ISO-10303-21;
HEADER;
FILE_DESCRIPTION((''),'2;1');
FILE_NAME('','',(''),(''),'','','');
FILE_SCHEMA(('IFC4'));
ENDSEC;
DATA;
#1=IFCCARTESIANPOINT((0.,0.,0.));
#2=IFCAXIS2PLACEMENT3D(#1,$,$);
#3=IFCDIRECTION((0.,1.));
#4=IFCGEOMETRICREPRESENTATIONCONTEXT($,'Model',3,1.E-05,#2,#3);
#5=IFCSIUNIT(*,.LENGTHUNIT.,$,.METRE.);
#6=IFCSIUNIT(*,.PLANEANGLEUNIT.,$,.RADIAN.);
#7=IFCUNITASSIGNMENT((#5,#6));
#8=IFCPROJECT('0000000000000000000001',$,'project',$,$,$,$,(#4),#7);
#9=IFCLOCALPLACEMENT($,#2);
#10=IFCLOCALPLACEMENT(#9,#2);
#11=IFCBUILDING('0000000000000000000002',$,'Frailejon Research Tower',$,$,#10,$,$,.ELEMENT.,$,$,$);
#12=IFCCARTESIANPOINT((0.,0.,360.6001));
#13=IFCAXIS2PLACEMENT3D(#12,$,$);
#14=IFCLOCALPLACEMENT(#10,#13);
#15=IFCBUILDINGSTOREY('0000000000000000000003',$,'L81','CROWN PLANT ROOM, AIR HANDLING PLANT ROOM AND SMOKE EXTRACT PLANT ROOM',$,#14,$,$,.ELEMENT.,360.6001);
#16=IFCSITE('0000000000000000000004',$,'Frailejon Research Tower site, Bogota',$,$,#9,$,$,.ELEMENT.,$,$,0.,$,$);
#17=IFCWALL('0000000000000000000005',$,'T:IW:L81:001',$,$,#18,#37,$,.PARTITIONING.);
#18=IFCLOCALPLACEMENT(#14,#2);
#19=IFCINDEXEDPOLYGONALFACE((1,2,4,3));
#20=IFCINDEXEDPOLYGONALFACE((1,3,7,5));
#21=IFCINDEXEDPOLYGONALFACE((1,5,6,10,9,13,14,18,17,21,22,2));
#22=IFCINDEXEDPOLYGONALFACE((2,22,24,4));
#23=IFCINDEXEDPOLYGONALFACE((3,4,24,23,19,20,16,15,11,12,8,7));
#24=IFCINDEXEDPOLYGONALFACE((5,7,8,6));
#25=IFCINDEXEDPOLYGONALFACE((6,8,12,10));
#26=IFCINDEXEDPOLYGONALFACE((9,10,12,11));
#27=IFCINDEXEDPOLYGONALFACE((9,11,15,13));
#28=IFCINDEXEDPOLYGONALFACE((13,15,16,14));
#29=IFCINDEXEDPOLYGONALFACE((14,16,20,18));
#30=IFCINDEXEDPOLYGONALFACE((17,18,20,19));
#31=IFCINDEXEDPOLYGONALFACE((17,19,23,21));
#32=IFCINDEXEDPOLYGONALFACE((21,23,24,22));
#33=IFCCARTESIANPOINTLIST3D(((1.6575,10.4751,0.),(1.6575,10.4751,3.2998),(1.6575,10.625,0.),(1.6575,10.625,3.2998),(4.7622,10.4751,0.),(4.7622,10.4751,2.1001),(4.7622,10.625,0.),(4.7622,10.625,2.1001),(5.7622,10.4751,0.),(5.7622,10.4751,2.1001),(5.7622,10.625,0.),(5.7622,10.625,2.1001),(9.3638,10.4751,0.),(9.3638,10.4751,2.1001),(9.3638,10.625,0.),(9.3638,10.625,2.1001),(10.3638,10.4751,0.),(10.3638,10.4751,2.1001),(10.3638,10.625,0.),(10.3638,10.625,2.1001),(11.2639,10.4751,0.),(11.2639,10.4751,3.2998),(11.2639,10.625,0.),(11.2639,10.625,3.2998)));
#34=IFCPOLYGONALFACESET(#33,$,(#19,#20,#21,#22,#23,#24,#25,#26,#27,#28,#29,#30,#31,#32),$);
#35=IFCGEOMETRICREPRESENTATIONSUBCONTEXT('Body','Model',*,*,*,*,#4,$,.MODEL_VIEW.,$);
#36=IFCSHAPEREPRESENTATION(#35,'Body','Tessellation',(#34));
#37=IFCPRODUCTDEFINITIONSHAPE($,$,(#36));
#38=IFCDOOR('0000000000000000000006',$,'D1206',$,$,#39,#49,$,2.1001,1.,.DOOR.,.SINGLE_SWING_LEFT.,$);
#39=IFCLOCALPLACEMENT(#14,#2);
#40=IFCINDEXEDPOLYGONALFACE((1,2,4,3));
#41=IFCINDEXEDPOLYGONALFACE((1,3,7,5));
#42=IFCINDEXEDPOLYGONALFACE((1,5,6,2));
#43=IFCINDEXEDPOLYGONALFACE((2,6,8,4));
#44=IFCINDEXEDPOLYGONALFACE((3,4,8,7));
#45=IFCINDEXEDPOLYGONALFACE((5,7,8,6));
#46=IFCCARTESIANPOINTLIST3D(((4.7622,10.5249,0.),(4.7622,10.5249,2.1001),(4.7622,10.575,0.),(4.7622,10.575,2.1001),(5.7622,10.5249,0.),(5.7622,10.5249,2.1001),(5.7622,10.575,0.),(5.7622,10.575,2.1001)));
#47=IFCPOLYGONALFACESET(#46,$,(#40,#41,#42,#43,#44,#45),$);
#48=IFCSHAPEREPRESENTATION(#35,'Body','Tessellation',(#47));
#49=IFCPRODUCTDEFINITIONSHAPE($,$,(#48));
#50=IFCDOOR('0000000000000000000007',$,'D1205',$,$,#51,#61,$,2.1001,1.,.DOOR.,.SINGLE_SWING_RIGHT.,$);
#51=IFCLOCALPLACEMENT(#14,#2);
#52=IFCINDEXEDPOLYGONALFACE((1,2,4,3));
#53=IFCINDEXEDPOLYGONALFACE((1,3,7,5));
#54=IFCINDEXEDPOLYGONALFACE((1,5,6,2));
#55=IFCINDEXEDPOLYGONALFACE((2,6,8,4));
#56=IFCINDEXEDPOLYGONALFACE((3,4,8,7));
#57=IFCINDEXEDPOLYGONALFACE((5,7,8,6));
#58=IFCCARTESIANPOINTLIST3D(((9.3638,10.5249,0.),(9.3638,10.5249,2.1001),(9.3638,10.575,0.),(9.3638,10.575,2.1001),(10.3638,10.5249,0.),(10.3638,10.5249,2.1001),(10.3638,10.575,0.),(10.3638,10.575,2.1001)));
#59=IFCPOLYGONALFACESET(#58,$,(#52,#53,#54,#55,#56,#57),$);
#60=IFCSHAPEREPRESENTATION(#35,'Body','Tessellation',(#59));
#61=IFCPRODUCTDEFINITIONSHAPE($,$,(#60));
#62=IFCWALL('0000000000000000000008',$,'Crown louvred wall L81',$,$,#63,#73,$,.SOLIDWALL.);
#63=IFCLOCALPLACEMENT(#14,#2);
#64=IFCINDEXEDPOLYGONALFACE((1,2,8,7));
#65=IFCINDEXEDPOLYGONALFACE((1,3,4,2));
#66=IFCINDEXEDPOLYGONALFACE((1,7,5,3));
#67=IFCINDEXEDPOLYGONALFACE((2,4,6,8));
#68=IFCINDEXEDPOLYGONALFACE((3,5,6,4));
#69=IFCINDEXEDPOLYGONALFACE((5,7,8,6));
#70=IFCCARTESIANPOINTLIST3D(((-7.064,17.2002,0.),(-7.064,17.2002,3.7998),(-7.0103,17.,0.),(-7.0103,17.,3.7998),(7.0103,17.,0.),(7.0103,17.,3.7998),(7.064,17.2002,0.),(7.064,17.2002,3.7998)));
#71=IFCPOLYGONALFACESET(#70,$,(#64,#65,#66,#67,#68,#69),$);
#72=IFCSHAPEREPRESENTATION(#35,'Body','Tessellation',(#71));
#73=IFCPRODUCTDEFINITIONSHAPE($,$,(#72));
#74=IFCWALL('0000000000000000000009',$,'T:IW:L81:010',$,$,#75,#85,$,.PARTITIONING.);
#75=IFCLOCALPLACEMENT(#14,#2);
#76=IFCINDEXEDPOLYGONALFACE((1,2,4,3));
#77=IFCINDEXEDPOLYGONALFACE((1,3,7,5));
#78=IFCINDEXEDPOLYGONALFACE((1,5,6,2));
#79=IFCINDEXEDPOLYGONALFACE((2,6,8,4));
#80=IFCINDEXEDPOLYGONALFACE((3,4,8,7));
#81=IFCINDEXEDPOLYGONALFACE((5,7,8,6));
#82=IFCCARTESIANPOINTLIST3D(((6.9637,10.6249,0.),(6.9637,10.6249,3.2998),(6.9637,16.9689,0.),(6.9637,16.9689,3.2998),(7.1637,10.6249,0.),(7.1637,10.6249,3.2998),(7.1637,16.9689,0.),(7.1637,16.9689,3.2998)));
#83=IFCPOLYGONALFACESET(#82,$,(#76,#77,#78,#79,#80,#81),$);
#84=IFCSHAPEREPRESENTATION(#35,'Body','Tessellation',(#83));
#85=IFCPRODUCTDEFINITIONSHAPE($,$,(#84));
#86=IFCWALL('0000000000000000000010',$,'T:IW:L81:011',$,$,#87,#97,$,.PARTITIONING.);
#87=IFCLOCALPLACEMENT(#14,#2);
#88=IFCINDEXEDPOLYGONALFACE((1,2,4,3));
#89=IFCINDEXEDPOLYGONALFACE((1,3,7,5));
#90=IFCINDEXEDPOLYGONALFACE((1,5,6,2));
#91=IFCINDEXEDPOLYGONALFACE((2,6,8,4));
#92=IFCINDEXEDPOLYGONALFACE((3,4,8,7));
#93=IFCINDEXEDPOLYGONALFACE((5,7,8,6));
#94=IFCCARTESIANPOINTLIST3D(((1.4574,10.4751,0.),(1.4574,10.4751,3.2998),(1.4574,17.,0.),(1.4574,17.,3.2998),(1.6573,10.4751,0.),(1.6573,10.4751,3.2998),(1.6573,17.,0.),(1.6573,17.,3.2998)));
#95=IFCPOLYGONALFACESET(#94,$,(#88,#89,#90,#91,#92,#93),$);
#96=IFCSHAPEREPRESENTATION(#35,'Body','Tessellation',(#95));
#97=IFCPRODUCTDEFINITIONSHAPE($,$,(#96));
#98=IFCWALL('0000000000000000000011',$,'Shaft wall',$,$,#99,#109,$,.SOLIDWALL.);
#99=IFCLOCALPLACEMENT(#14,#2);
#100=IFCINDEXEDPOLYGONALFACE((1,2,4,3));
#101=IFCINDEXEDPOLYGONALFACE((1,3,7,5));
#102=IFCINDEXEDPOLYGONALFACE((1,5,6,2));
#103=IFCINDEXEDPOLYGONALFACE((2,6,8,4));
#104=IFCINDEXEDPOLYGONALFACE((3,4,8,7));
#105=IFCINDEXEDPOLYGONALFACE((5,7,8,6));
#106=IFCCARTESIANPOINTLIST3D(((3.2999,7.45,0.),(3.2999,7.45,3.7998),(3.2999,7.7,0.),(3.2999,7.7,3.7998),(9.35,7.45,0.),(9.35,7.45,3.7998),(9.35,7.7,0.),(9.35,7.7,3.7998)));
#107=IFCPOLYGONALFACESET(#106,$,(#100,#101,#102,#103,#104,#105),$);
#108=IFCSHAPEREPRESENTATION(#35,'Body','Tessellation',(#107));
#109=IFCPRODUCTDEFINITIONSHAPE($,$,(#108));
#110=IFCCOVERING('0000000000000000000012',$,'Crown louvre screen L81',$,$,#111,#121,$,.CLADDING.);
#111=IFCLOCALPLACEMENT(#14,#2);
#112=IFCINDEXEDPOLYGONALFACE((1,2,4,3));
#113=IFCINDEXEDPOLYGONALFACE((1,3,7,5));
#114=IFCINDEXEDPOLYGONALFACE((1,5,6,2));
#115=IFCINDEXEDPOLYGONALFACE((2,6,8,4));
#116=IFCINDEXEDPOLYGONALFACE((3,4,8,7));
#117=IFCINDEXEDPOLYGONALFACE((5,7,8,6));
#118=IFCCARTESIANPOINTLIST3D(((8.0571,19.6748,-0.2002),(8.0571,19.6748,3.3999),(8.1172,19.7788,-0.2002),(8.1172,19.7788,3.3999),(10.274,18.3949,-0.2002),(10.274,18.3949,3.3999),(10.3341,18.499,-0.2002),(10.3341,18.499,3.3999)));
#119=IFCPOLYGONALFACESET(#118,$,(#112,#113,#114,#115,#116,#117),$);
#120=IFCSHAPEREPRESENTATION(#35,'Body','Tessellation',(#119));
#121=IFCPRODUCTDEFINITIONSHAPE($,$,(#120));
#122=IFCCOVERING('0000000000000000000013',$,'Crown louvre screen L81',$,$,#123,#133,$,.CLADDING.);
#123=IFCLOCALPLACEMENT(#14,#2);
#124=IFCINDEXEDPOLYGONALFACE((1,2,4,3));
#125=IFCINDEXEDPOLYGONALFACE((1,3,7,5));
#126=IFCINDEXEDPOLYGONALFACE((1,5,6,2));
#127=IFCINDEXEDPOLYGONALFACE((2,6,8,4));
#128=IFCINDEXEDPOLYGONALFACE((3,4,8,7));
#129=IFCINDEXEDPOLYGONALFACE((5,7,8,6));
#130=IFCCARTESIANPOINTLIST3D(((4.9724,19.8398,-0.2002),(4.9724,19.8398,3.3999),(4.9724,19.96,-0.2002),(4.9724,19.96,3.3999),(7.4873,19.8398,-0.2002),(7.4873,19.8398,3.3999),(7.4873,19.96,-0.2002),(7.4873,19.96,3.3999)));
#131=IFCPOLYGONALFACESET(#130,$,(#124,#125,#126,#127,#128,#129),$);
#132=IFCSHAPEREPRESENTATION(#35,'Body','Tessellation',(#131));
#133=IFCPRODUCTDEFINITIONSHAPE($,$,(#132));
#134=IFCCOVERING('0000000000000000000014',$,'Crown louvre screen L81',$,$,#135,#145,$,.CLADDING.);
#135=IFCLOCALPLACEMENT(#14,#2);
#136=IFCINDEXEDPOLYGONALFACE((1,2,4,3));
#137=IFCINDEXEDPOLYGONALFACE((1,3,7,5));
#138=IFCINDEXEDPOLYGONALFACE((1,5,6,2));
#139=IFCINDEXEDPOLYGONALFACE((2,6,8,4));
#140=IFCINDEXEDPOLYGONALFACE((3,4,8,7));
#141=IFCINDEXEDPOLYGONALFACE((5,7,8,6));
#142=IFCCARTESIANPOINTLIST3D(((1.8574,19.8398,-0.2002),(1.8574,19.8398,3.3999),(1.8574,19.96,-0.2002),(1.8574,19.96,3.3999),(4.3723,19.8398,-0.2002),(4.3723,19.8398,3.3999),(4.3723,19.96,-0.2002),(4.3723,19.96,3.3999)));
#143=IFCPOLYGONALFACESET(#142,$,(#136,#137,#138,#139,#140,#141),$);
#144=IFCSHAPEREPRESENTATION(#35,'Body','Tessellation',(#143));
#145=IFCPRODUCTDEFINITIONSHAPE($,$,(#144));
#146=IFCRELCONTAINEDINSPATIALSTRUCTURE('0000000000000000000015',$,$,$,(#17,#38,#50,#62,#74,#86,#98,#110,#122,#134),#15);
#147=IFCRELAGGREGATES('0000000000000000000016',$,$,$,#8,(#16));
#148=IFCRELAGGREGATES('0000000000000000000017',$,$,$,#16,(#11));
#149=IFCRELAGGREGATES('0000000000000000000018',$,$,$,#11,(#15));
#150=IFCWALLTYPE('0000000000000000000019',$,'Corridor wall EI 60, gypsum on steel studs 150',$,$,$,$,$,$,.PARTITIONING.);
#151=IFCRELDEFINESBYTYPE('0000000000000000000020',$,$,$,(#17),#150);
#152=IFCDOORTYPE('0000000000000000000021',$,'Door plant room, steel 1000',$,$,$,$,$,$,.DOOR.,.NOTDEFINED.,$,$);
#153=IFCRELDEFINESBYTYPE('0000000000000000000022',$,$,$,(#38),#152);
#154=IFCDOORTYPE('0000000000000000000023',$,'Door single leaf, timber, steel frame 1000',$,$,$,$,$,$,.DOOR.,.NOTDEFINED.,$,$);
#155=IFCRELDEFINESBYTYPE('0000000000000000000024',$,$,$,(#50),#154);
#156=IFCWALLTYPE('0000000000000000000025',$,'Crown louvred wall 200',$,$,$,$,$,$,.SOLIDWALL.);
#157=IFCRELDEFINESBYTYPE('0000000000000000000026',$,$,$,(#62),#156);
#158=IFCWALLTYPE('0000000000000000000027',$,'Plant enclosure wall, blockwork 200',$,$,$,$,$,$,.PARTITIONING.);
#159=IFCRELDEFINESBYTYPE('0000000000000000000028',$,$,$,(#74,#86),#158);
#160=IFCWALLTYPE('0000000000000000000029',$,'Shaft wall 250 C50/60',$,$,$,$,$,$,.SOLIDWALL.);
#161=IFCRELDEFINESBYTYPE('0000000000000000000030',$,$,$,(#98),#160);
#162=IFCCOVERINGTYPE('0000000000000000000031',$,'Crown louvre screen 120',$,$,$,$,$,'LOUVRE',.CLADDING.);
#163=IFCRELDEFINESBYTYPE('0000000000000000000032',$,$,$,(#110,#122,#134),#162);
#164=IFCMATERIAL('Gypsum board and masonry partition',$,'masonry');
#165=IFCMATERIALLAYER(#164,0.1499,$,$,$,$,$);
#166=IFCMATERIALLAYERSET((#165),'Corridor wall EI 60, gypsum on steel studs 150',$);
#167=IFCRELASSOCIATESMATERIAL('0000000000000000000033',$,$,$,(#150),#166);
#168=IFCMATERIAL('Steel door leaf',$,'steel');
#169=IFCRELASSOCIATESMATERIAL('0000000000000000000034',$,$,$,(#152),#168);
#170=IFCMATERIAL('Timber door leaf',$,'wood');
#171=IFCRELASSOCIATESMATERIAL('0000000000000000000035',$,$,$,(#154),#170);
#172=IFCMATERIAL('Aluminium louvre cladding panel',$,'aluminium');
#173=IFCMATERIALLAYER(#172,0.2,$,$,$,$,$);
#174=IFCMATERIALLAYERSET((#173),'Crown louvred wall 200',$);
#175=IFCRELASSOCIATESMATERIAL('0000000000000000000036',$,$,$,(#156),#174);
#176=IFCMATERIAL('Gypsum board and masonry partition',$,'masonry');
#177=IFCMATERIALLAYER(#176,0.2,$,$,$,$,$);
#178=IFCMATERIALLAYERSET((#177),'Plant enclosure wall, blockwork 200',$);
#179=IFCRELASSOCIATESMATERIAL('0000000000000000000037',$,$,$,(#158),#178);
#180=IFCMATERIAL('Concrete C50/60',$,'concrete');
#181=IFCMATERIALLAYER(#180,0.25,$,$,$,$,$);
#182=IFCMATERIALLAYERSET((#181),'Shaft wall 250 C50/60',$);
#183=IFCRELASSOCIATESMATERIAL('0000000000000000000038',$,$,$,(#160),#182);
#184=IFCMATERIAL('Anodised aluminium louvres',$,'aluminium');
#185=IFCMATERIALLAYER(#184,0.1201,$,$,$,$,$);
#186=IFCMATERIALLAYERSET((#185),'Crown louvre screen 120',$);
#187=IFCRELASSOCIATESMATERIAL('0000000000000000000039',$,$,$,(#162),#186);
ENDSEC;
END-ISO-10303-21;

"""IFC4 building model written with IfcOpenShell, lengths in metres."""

from ifc_helpers import new_model, si_unit, direction, frame, frame_2d, origin, place, context, subcontext, project, spatial, polyline, rectangle, outline, extrude, material, layer, layer_set, type_object, element, fill, save


model = new_model("IFC4")

# Units and contexts
model_context = context("Model", 3, precision=1e-05, world=origin(), true_north=direction((0.0, 1.0)))
body_context = subcontext(model_context, "Body", "Model", "MODEL_VIEW")
ifc_project = project(units=[si_unit("LENGTHUNIT", "METRE"), si_unit("PLANEANGLEUNIT", "RADIAN")], contexts=[model_context])

# Site, building, storey
site_placement = place(None, origin())
site = spatial("IfcSite", under=ifc_project, at=site_placement, Name="Frailejon Research Tower site, Bogota", CompositionType="ELEMENT", RefElevation=0.0)
building_placement = place(site_placement, origin())
building = spatial("IfcBuilding", under=site, at=building_placement, Name="Frailejon Research Tower", CompositionType="ELEMENT")
storey_placement = place(building_placement, frame((0.0, 0.0, 360.6001)))
storey = spatial("IfcBuildingStorey", under=building, at=storey_placement, Name="L81", Description="CROWN PLANT ROOM, AIR HANDLING PLANT ROOM AND SMOKE EXTRACT PLANT ROOM", CompositionType="ELEMENT", Elevation=360.6001)

# Wall, openings, doors
ifc_material_1 = material(Name="Gypsum board and masonry partition", Category="masonry")
ifc_layer_1 = layer(ifc_material_1, 0.1499)
ifc_layer_set_1 = layer_set([ifc_layer_1], Name="Corridor wall EI 60, gypsum on steel studs 150")
wall_type_1 = type_object("IfcWallType", Name="Corridor wall EI 60, gypsum on steel studs 150", PredefinedType="PARTITIONING", material=ifc_layer_set_1)
wall_1_placement = place(storey_placement, frame((1.6575, 10.55, 0.0), z_axis=(0.0, 0.0, 1.0), x_axis=(1.0, 0.0, 0.0)))
wall_1 = element("IfcWall", 1, at=wall_1_placement, inside=storey, type_object=wall_type_1, Name="T:IW:L81:001", PredefinedType="PARTITIONING", context=body_context, shape_type="SweptSolid", body=[
    extrude(rectangle(XDim=9.6064, YDim=0.1499, at=frame_2d((4.8032, 0.0))), origin(), (0.0, 0.0, 1.0), 3.2998),
])
opening_1_placement = place(wall_1_placement, frame((7.7063, 0.0, 0.0)))
opening_1 = element("IfcOpeningElement", 2, at=opening_1_placement, cuts=wall_1, PredefinedType="OPENING", context=body_context, shape_type="SweptSolid", body=[
    extrude(rectangle(XDim=1.0, YDim=2.1001, at=frame_2d((0.5, 1.05))), frame((0.0, 0.085, 0.0), z_axis=(0.0, -1.0, 0.0), x_axis=(1.0, 0.0, 0.0)), (0.0, 0.0, 1.0), 0.1699),
])
opening_2_placement = place(wall_1_placement, frame((3.1047, 0.0, 0.0)))
opening_2 = element("IfcOpeningElement", 3, at=opening_2_placement, cuts=wall_1, PredefinedType="OPENING", context=body_context, shape_type="SweptSolid", body=[
    extrude(rectangle(XDim=1.0, YDim=2.1001, at=frame_2d((0.5, 1.05))), frame((0.0, 0.085, 0.0), z_axis=(0.0, -1.0, 0.0), x_axis=(1.0, 0.0, 0.0)), (0.0, 0.0, 1.0), 0.1699),
])
ifc_material_2 = material(Name="Steel door leaf", Category="steel")
door_type_1 = type_object("IfcDoorType", Name="Door plant room, steel 1000", OperationType="NOTDEFINED", PredefinedType="DOOR", material=ifc_material_2)
door_1_placement = place(opening_2_placement, origin())
door_1 = element("IfcDoor", 4, at=door_1_placement, inside=storey, type_object=door_type_1, Name="D1206", OperationType="SINGLE_SWING_LEFT", OverallHeight=2.1001, OverallWidth=1.0, PredefinedType="DOOR", context=body_context, shape_type="SweptSolid", body=[
    extrude(rectangle(XDim=1.0, YDim=2.1001, at=frame_2d((0.5, 1.05))), frame((0.0, 0.0249, 0.0), z_axis=(0.0, -1.0, 0.0), x_axis=(1.0, 0.0, 0.0)), (0.0, 0.0, 1.0), 0.05),
])
fill(opening_2, door_1)
ifc_material_3 = material(Name="Timber door leaf", Category="wood")
door_type_2 = type_object("IfcDoorType", Name="Door single leaf, timber, steel frame 1000", OperationType="NOTDEFINED", PredefinedType="DOOR", material=ifc_material_3)
door_2_placement = place(opening_1_placement, origin())
door_2 = element("IfcDoor", 5, at=door_2_placement, inside=storey, type_object=door_type_2, Name="D1205", OperationType="SINGLE_SWING_RIGHT", OverallHeight=2.1001, OverallWidth=1.0, PredefinedType="DOOR", context=body_context, shape_type="SweptSolid", body=[
    extrude(rectangle(XDim=1.0, YDim=2.1001, at=frame_2d((0.5, 1.05))), frame((0.0, 0.0249, 0.0), z_axis=(0.0, -1.0, 0.0), x_axis=(1.0, 0.0, 0.0)), (0.0, 0.0, 1.0), 0.05),
])
fill(opening_1, door_2)

# Walls
ifc_material_4 = material(Name="Aluminium louvre cladding panel", Category="aluminium")
ifc_layer_2 = layer(ifc_material_4, 0.2)
ifc_layer_set_2 = layer_set([ifc_layer_2], Name="Crown louvred wall 200")
wall_type_2 = type_object("IfcWallType", Name="Crown louvred wall 200", PredefinedType="SOLIDWALL", material=ifc_layer_set_2)
wall_2_placement = place(storey_placement, frame((7.0371, 17.1001, 0.0), z_axis=(0.0, 0.0, 1.0), x_axis=(-1.0, 0.0, 0.0)))
element("IfcWall", 6, at=wall_2_placement, inside=storey, type_object=wall_type_2, Name="Crown louvred wall L81", PredefinedType="SOLIDWALL", context=body_context, shape_type="SweptSolid", body=[
    extrude(outline(polyline([(-0.0269, -0.1001), (14.1011, -0.1001), (14.0474, 0.1001), (0.0269, 0.1001), (-0.0269, -0.1001)])), origin(), (0.0, 0.0, 1.0), 3.7998),
])
ifc_material_5 = material(Name="Gypsum board and masonry partition", Category="masonry")
ifc_layer_3 = layer(ifc_material_5, 0.2)
ifc_layer_set_3 = layer_set([ifc_layer_3], Name="Plant enclosure wall, blockwork 200")
wall_type_3 = type_object("IfcWallType", Name="Plant enclosure wall, blockwork 200", PredefinedType="PARTITIONING", material=ifc_layer_set_3)
wall_3_placement = place(storey_placement, frame((7.0637, 10.625, 0.0), z_axis=(0.0, 0.0, 1.0), x_axis=(0.0, 1.0, 0.0)))
element("IfcWall", 7, at=wall_3_placement, inside=storey, type_object=wall_type_3, Name="T:IW:L81:010", PredefinedType="PARTITIONING", context=body_context, shape_type="SweptSolid", body=[
    extrude(rectangle(XDim=6.344, YDim=0.2, at=frame_2d((3.1719, 0.0))), origin(), (0.0, 0.0, 1.0), 3.2998),
])
wall_4_placement = place(storey_placement, frame((1.5574, 10.4751, 0.0), z_axis=(0.0, 0.0, 1.0), x_axis=(0.0, 1.0, 0.0)))
element("IfcWall", 8, at=wall_4_placement, inside=storey, type_object=wall_type_3, Name="T:IW:L81:011", PredefinedType="PARTITIONING", context=body_context, shape_type="SweptSolid", body=[
    extrude(rectangle(XDim=6.5249, YDim=0.2, at=frame_2d((3.2625, 0.0))), origin(), (0.0, 0.0, 1.0), 3.2998),
])
ifc_material_6 = material(Name="Concrete C50/60", Category="concrete")
ifc_layer_4 = layer(ifc_material_6, 0.25)
ifc_layer_set_4 = layer_set([ifc_layer_4], Name="Shaft wall 250 C50/60")
wall_type_4 = type_object("IfcWallType", Name="Shaft wall 250 C50/60", PredefinedType="SOLIDWALL", material=ifc_layer_set_4)
wall_5_placement = place(storey_placement, frame((3.3, 7.575, 0.0), z_axis=(0.0, 0.0, 1.0), x_axis=(1.0, 0.0, 0.0)))
element("IfcWall", 9, at=wall_5_placement, inside=storey, type_object=wall_type_4, Name="Shaft wall", PredefinedType="SOLIDWALL", context=body_context, shape_type="SweptSolid", body=[
    extrude(rectangle(XDim=6.05, YDim=0.25, at=frame_2d((3.0249, 0.0))), origin(), (0.0, 0.0, 1.0), 3.7998),
])

# Coverings
ifc_material_7 = material(Name="Anodised aluminium louvres", Category="aluminium")
ifc_layer_5 = layer(ifc_material_7, 0.1201)
ifc_layer_set_5 = layer_set([ifc_layer_5], Name="Crown louvre screen 120")
covering_type = type_object("IfcCoveringType", Name="Crown louvre screen 120", ElementType="LOUVRE", PredefinedType="CLADDING", material=ifc_layer_set_5)
covering_placement = place(storey_placement, frame((8.0872, 19.7268, -0.2002), z_axis=(0.866037, -0.499979, 0.0), x_axis=(0.499979, 0.866037, 0.0)))
element("IfcCovering", 10, at=covering_placement, inside=storey, type_object=covering_type, Name="Crown louvre screen L81", PredefinedType="CLADDING", context=body_context, shape_type="SweptSolid", body=[
    extrude(outline(polyline([(-0.0601, 0.0), (0.0601, 0.0), (0.0601, 3.6001), (-0.0601, 3.6001), (-0.0601, 0.0)])), origin(), (0.0, 0.0, 1.0), 2.5598),
])
for number, where, z_axis, x_axis, name in (
    (11, (4.9724, 19.8999, -0.2002), (1.0, 0.0, 0.0), (0.0, 1.0, 0.0), "Crown louvre screen L81"),
    (12, (1.8574, 19.8999, -0.2002), (1.0, 0.0, 0.0), (0.0, 1.0, 0.0), "Crown louvre screen L81"),
):
    element("IfcCovering", number, at=place(storey_placement, frame(where, z_axis=z_axis, x_axis=x_axis)), inside=storey, type_object=covering_type, Name=name, PredefinedType="CLADDING", context=body_context, shape_type="SweptSolid", body=[
        extrude(outline(polyline([(-0.0601, 0.0), (0.0601, 0.0), (0.0601, 3.6001), (-0.0601, 3.6001), (-0.0601, 0.0)])), origin(), (0.0, 0.0, 1.0), 2.5149),
    ])

save(model, "model.ifc")
